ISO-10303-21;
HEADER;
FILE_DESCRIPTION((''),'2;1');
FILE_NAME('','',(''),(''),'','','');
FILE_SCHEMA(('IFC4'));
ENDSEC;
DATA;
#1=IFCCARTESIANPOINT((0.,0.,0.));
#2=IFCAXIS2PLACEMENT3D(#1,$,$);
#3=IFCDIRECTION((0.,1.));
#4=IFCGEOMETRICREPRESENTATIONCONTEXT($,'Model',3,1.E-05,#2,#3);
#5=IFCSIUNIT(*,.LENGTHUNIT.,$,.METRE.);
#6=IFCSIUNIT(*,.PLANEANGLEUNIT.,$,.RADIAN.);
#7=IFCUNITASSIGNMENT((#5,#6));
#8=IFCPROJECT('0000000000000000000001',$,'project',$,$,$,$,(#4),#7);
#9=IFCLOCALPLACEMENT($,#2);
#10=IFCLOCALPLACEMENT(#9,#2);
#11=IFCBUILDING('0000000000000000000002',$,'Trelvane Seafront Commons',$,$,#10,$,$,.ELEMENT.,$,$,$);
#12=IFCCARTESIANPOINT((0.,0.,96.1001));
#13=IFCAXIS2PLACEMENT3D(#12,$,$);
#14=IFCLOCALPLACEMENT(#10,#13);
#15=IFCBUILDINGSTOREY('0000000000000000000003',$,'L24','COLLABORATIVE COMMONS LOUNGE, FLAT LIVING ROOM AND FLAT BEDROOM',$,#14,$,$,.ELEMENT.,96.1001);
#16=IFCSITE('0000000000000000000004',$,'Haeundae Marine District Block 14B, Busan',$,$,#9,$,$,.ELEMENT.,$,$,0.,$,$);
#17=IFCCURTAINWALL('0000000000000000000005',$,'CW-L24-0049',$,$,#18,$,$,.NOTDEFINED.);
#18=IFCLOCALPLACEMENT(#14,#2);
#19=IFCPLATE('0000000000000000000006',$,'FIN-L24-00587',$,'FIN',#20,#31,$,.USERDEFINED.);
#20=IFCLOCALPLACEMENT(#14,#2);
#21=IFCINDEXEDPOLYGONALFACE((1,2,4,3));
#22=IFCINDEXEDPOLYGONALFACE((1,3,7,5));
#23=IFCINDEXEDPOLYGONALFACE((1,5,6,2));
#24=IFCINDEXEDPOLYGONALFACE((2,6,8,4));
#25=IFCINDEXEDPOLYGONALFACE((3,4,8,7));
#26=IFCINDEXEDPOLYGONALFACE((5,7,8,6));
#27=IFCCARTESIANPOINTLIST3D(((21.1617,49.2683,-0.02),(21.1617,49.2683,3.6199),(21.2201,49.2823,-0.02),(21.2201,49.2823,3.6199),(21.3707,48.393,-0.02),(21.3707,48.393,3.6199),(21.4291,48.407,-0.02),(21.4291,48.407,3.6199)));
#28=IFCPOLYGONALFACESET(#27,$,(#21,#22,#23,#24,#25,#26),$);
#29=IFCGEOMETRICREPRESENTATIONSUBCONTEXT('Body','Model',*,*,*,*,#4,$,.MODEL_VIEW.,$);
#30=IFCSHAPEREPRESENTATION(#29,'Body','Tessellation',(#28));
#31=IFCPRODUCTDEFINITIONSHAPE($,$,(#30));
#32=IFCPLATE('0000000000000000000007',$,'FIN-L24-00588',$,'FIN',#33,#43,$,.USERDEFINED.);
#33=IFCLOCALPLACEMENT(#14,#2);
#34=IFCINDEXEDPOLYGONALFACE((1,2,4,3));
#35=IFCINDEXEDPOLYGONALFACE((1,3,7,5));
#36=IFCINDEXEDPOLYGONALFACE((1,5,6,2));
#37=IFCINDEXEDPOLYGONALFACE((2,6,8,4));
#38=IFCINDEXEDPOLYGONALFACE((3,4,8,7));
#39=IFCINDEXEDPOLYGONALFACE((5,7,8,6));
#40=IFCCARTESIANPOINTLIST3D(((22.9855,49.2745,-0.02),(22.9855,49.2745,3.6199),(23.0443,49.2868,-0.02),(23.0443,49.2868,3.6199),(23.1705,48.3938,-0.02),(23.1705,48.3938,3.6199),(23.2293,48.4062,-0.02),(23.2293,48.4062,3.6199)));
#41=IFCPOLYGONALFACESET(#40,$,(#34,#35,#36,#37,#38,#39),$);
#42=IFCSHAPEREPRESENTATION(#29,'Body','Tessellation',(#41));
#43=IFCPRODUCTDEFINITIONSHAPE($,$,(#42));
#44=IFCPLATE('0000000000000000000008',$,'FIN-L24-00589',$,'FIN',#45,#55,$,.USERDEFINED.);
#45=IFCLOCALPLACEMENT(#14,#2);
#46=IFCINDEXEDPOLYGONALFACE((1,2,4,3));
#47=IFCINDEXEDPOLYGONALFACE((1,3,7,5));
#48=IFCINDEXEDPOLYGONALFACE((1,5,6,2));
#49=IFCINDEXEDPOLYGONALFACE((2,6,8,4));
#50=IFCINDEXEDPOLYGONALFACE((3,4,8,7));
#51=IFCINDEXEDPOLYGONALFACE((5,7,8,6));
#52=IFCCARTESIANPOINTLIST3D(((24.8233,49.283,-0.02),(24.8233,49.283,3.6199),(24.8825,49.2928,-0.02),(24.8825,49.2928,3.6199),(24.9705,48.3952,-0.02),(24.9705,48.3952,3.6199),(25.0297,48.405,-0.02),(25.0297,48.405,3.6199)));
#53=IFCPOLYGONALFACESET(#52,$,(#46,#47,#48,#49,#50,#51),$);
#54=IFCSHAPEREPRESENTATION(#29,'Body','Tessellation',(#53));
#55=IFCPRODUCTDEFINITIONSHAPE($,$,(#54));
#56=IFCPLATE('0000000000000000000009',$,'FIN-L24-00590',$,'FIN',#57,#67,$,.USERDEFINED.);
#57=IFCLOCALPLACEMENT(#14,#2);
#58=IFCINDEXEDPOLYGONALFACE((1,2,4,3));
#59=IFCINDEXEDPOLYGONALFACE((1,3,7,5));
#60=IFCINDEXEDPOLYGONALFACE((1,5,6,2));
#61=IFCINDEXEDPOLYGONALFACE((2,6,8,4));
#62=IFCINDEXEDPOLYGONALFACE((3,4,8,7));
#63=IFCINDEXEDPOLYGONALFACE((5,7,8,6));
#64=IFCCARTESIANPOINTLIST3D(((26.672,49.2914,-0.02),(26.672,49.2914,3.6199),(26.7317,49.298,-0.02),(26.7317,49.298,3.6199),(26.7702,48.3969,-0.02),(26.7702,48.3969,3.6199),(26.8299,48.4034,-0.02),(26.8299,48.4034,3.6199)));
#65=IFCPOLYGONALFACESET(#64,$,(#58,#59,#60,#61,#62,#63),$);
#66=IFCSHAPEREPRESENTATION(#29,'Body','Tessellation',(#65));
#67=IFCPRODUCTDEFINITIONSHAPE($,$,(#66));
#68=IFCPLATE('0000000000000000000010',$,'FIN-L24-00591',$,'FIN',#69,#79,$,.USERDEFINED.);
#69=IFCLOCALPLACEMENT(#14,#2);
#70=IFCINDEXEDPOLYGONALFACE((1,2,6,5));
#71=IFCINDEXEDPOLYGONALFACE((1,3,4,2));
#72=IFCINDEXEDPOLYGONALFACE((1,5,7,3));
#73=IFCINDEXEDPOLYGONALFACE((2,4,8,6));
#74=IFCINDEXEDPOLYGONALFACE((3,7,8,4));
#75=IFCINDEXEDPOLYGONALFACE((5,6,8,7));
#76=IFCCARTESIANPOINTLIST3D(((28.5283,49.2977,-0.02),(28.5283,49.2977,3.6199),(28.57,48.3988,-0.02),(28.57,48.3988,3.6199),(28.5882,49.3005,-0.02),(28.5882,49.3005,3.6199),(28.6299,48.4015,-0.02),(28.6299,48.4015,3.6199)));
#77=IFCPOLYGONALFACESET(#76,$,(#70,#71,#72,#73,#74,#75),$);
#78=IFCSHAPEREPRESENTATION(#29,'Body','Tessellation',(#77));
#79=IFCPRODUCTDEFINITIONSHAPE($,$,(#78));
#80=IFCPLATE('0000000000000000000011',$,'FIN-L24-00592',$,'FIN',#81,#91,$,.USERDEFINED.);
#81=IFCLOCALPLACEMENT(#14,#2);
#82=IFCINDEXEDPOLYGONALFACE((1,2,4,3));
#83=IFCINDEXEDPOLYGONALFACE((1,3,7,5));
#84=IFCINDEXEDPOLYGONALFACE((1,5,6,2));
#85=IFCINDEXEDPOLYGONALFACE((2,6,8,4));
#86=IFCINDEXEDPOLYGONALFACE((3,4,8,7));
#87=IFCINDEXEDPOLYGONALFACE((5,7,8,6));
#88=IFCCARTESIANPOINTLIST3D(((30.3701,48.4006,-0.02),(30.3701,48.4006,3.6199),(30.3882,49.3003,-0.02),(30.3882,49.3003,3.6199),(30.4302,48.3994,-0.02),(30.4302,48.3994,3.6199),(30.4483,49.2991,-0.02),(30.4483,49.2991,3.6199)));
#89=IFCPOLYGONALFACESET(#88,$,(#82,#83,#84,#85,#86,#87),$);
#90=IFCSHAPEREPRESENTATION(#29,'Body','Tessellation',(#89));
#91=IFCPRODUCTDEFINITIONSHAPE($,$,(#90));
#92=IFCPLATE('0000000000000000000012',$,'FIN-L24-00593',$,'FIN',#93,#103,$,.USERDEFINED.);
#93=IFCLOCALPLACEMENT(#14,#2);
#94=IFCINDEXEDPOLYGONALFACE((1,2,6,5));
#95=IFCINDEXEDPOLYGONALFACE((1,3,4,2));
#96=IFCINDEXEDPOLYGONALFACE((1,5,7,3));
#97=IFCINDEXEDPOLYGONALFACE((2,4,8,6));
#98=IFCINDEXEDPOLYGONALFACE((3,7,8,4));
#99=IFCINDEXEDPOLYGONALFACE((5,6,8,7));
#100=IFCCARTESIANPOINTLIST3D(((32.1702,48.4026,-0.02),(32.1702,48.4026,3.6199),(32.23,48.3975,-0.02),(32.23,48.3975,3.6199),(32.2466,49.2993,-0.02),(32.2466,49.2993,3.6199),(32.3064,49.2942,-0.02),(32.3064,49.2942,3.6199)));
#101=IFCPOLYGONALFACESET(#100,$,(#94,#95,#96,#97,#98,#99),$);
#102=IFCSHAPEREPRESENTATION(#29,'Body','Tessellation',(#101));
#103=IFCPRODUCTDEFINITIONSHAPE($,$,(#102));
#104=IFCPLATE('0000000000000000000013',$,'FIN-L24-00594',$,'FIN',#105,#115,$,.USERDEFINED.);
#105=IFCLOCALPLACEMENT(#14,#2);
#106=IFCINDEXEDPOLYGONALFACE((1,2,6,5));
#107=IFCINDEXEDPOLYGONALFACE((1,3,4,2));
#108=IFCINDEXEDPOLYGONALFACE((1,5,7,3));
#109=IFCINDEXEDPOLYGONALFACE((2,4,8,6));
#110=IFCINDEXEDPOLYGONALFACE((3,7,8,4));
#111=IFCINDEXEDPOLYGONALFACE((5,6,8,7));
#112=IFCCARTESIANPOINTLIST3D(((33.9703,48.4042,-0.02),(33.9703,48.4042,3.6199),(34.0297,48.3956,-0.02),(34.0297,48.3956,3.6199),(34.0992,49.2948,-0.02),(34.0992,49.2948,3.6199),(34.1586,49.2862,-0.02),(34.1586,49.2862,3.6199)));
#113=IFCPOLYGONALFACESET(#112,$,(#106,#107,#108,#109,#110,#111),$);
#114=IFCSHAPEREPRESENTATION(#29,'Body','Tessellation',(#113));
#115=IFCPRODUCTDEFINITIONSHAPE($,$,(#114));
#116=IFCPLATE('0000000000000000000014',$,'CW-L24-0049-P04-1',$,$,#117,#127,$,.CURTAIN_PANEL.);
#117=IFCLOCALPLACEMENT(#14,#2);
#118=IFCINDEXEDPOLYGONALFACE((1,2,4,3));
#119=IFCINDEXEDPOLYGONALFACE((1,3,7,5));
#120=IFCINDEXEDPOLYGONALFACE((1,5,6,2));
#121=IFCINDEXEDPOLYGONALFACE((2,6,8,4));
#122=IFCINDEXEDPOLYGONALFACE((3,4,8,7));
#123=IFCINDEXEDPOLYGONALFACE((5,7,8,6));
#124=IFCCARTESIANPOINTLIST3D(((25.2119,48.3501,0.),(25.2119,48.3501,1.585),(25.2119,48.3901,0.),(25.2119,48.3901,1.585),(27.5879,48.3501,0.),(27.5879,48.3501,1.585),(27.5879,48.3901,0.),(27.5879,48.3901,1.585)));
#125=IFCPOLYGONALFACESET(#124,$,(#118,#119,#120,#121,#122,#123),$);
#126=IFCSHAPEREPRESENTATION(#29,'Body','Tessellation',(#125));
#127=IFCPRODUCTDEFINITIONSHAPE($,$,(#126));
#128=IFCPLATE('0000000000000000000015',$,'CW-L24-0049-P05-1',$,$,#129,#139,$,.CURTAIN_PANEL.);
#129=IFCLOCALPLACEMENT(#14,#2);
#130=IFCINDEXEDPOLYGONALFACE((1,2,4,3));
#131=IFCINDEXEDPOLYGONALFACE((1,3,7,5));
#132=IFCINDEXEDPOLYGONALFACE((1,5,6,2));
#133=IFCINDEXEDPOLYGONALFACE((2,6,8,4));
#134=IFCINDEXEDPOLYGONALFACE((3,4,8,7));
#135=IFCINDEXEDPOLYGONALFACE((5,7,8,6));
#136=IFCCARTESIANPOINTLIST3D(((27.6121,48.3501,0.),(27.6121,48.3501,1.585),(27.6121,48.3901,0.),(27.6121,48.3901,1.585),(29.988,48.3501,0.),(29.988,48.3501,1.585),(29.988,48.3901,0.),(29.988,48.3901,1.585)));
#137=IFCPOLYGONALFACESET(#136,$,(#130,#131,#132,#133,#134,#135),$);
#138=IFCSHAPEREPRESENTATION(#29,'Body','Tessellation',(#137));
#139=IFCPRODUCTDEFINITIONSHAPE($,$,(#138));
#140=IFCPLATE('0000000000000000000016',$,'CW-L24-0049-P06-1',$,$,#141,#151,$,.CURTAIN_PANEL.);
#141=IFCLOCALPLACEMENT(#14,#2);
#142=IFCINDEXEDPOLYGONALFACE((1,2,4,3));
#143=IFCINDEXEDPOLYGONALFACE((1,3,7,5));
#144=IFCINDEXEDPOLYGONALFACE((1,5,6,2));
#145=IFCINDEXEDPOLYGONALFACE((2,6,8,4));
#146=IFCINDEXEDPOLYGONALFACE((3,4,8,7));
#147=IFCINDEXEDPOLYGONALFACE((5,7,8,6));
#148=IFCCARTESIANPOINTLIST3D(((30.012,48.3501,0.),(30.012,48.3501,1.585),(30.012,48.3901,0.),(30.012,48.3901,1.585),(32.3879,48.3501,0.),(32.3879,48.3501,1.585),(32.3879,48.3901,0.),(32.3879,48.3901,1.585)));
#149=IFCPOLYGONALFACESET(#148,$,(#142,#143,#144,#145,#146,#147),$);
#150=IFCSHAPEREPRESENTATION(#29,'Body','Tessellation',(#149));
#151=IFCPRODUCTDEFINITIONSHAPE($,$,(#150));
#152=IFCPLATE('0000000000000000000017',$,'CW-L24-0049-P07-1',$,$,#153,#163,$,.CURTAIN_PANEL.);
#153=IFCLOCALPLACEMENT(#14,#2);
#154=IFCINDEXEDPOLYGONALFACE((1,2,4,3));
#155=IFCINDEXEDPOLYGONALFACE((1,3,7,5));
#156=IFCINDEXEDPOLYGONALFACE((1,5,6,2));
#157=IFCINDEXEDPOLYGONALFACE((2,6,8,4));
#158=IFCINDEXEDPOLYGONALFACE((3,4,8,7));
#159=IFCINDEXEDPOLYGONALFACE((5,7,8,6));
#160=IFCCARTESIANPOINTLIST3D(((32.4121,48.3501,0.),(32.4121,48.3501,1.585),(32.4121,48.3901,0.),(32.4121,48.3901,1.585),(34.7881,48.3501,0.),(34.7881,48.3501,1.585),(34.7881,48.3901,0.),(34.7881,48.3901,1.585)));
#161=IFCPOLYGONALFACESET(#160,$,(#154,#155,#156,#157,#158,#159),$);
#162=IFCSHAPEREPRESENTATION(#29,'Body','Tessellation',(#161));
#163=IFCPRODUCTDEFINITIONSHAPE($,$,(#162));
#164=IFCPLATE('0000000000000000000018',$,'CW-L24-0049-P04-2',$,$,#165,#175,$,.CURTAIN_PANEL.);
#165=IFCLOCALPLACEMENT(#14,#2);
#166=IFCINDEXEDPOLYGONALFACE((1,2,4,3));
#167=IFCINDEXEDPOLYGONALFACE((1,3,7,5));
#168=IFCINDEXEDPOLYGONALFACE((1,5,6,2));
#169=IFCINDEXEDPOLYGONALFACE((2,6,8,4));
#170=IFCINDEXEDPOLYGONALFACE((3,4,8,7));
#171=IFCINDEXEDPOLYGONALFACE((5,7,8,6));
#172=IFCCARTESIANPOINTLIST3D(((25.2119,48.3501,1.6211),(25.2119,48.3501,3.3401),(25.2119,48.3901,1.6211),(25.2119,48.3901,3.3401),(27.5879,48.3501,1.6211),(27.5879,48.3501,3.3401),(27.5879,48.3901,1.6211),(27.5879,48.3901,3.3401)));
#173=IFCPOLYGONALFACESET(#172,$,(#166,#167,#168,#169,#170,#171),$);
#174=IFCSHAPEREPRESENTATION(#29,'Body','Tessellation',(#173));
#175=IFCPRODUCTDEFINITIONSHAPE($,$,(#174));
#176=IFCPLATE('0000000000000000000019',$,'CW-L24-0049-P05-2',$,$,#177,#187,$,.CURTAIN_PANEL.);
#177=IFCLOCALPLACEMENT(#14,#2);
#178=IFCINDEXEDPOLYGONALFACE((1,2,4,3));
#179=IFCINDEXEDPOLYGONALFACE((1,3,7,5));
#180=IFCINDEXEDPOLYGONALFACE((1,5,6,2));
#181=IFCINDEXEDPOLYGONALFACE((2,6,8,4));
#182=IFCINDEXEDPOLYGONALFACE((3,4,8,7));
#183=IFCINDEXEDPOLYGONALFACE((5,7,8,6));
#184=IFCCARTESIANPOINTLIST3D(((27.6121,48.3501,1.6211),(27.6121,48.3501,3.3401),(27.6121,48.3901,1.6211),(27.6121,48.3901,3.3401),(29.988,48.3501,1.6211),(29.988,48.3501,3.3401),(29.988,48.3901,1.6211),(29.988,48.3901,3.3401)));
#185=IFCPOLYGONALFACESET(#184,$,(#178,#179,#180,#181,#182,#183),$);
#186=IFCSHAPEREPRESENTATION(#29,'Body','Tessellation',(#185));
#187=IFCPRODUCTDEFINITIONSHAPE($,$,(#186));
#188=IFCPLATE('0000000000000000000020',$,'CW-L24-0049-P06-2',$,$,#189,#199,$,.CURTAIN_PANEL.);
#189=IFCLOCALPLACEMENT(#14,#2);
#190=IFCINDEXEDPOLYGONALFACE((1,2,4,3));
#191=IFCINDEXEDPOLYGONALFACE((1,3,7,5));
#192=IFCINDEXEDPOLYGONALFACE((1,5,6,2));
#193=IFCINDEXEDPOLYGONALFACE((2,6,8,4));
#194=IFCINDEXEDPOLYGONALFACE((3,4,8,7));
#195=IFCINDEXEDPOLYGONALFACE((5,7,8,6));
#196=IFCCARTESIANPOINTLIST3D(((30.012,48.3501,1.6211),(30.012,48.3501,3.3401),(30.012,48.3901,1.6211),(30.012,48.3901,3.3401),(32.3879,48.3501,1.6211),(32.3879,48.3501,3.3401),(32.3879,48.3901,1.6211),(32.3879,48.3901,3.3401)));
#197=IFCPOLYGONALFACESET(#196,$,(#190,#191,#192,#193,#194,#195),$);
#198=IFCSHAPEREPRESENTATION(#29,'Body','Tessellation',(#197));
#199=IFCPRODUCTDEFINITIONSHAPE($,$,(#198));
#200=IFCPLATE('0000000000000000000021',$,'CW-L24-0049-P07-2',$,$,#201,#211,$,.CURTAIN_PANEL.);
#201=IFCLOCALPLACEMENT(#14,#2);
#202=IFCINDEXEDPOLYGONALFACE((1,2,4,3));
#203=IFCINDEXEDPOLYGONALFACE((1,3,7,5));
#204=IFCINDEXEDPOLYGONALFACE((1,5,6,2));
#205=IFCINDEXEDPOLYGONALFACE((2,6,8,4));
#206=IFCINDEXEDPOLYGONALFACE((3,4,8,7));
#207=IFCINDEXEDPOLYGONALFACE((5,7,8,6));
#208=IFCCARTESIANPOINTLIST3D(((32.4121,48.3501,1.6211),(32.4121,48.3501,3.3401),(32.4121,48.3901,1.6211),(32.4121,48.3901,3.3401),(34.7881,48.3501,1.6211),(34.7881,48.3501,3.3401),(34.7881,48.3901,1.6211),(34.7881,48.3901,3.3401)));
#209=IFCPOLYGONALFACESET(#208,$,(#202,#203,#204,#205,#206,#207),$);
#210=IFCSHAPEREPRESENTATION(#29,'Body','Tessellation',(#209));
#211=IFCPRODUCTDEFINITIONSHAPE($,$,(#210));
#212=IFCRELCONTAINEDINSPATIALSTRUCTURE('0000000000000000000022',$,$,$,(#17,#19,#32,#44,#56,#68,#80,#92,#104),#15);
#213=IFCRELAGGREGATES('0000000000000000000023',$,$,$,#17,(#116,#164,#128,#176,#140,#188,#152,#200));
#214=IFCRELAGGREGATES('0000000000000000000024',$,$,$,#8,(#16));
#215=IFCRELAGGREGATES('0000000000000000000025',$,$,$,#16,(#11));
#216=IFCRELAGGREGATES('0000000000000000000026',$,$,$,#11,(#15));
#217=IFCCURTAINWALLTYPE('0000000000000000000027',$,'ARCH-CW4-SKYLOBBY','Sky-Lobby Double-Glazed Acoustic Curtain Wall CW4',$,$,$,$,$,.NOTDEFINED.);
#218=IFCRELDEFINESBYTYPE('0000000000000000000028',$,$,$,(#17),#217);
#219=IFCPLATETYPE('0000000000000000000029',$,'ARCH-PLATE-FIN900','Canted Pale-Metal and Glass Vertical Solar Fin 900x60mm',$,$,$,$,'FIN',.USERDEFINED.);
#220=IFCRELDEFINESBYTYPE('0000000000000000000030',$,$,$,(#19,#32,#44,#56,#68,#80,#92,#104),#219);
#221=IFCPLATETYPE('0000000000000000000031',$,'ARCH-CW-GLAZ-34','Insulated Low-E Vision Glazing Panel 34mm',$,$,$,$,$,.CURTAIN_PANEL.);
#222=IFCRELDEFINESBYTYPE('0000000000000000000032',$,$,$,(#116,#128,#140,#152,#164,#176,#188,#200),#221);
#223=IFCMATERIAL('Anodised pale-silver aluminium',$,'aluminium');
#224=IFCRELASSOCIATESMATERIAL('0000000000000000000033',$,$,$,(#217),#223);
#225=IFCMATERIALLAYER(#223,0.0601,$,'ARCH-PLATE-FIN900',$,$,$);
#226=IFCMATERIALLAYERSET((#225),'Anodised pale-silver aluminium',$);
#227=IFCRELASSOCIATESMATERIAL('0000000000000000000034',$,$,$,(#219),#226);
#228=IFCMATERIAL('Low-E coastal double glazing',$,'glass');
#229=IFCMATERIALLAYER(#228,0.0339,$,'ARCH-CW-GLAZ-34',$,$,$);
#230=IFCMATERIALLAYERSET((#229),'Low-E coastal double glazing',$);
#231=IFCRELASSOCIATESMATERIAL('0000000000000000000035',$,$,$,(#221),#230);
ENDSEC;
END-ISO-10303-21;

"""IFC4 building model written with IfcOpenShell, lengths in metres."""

from ifc_helpers import new_model, si_unit, direction, frame, origin, origin_2d, place, context, subcontext, project, spatial, rectangle, extrude, source, transform, mapped, material, layer, layer_set, type_object, element, aggregate, save


model = new_model("IFC4")

# Units and contexts
model_context = context("Model", 3, precision=1e-05, world=origin(), true_north=direction((0.0, 1.0)))
body_context = subcontext(model_context, "Body", "Model", "MODEL_VIEW")
ifc_project = project(units=[si_unit("LENGTHUNIT", "METRE"), si_unit("PLANEANGLEUNIT", "RADIAN")], contexts=[model_context])

# Site, building, storey
site_placement = place(None, origin())
site = spatial("IfcSite", under=ifc_project, at=site_placement, Name="Haeundae Marine District Block 14B, Busan", CompositionType="ELEMENT", RefElevation=0.0)
building_placement = place(site_placement, origin())
building = spatial("IfcBuilding", under=site, at=building_placement, Name="Trelvane Seafront Commons", CompositionType="ELEMENT")
storey_placement = place(building_placement, frame((0.0, 0.0, 96.1001)))
storey = spatial("IfcBuildingStorey", under=building, at=storey_placement, Name="L24", Description="COLLABORATIVE COMMONS LOUNGE, FLAT LIVING ROOM AND FLAT BEDROOM", CompositionType="ELEMENT", Elevation=96.1001)

# Curtain wall
ifc_material_1 = material(Name="Anodised pale-silver aluminium", Category="aluminium")
curtain_wall_type = type_object("IfcCurtainWallType", Name="ARCH-CW4-SKYLOBBY", Description="Sky-Lobby Double-Glazed Acoustic Curtain Wall CW4", PredefinedType="NOTDEFINED", material=ifc_material_1)
curtain_wall_placement = place(storey_placement, origin())
curtain_wall = element("IfcCurtainWall", 1, at=curtain_wall_placement, inside=storey, type_object=curtain_wall_type, Name="CW-L24-0049", PredefinedType="NOTDEFINED")

# Plates
ifc_layer_1 = layer(ifc_material_1, 0.0601, Name="ARCH-PLATE-FIN900")
ifc_layer_set_1 = layer_set([ifc_layer_1], Name="Anodised pale-silver aluminium")
plate_type_1 = type_object("IfcPlateType", Name="ARCH-PLATE-FIN900", Description="Canted Pale-Metal and Glass Vertical Solar Fin 900x60mm", ElementType="FIN", PredefinedType="USERDEFINED", material=ifc_layer_set_1)
shared_shape_1 = source(origin(), body_context, "Body", "SweptSolid", [
    extrude(rectangle(XDim=0.8999, YDim=0.0601, at=origin_2d()), origin(), (0.0, 0.0, 1.0), 3.6399),
])
for number, where, z_axis, x_axis, name in (
    (2, (21.2954, 48.8376, -0.02), (0.0, 0.0, 1.0), (-0.232222, 0.972663, 0.0), "FIN-L24-00587"),
    (3, (23.1074, 48.8403, -0.02), (0.0, 0.0, 1.0), (-0.205552, 0.978646, 0.0), "FIN-L24-00588"),
    (4, (24.9265, 48.844, -0.02), (0.0, 0.0, 1.0), (-0.163552, 0.986535, 0.0), "FIN-L24-00589"),
    (5, (26.751, 48.8474, -0.02), (0.0, 0.0, 1.0), (-0.109115, 0.994029, 0.0), "FIN-L24-00590"),
    (6, (28.5791, 48.8496, -0.02), (0.0, 0.0, 1.0), (-0.046336, 0.998926, 0.0), "FIN-L24-00591"),
    (7, (30.4092, 48.8499, -0.02), (0.0, 0.0, 1.0), (0.020112, 0.999798, 0.0), "FIN-L24-00592"),
    (8, (32.2383, 48.8484, -0.02), (0.0, 0.0, 1.0), (0.084893, 0.99639, 0.0), "FIN-L24-00593"),
    (9, (34.0645, 48.8452, -0.02), (0.0, 0.0, 1.0), (0.143225, 0.98969, 0.0), "FIN-L24-00594"),
):
    element("IfcPlate", number, at=place(storey_placement, frame(where, z_axis=z_axis, x_axis=x_axis)), inside=storey, type_object=plate_type_1, Name=name, ObjectType="FIN", PredefinedType="USERDEFINED", context=body_context, shape_type="MappedRepresentation", body=[
        mapped(shared_shape_1, transform((0.0, 0.0, 0.0), x_axis=(1.0, 0.0, 0.0), y_axis=(0.0, 1.0, 0.0), z_axis=(0.0, 0.0, 1.0), scale=1.0)),
    ])

# Plates
ifc_material_2 = material(Name="Low-E coastal double glazing", Category="glass")
ifc_layer_2 = layer(ifc_material_2, 0.0339, Name="ARCH-CW-GLAZ-34")
ifc_layer_set_2 = layer_set([ifc_layer_2], Name="Low-E coastal double glazing")
plate_type_2 = type_object("IfcPlateType", Name="ARCH-CW-GLAZ-34", Description="Insulated Low-E Vision Glazing Panel 34mm", PredefinedType="CURTAIN_PANEL", material=ifc_layer_set_2)
shared_shape_2 = source(origin(), body_context, "Body", "SweptSolid", [
    extrude(rectangle(XDim=2.376, YDim=0.04, at=origin_2d()), origin(), (0.0, 0.0, 1.0), 1.585),
])
plate_1_placement = place(storey_placement, frame((26.3999, 48.3701, 0.0), z_axis=(0.0, 0.0, 1.0), x_axis=(1.0, 0.0, 0.0)))
plate_1 = element("IfcPlate", 10, at=plate_1_placement, type_object=plate_type_2, Name="CW-L24-0049-P04-1", PredefinedType="CURTAIN_PANEL", context=body_context, shape_type="MappedRepresentation", body=[
    mapped(shared_shape_2, transform((0.0, 0.0, 0.0), x_axis=(1.0, 0.0, 0.0), y_axis=(0.0, 1.0, 0.0), z_axis=(0.0, 0.0, 1.0), scale=1.0)),
])
plate_2_placement = place(storey_placement, frame((28.8, 48.3701, 0.0), z_axis=(0.0, 0.0, 1.0), x_axis=(1.0, 0.0, 0.0)))
plate_2 = element("IfcPlate", 11, at=plate_2_placement, type_object=plate_type_2, Name="CW-L24-0049-P05-1", PredefinedType="CURTAIN_PANEL", context=body_context, shape_type="MappedRepresentation", body=[
    mapped(shared_shape_2, transform((0.0, 0.0, 0.0), x_axis=(1.0, 0.0, 0.0), y_axis=(0.0, 1.0, 0.0), z_axis=(0.0, 0.0, 1.0), scale=1.0)),
])
plate_3_placement = place(storey_placement, frame((31.2, 48.3701, 0.0), z_axis=(0.0, 0.0, 1.0), x_axis=(1.0, 0.0, 0.0)))
plate_3 = element("IfcPlate", 12, at=plate_3_placement, type_object=plate_type_2, Name="CW-L24-0049-P06-1", PredefinedType="CURTAIN_PANEL", context=body_context, shape_type="MappedRepresentation", body=[
    mapped(shared_shape_2, transform((0.0, 0.0, 0.0), x_axis=(1.0, 0.0, 0.0), y_axis=(0.0, 1.0, 0.0), z_axis=(0.0, 0.0, 1.0), scale=1.0)),
])
plate_4_placement = place(storey_placement, frame((33.6001, 48.3701, 0.0), z_axis=(0.0, 0.0, 1.0), x_axis=(1.0, 0.0, 0.0)))
plate_4 = element("IfcPlate", 13, at=plate_4_placement, type_object=plate_type_2, Name="CW-L24-0049-P07-1", PredefinedType="CURTAIN_PANEL", context=body_context, shape_type="MappedRepresentation", body=[
    mapped(shared_shape_2, transform((0.0, 0.0, 0.0), x_axis=(1.0, 0.0, 0.0), y_axis=(0.0, 1.0, 0.0), z_axis=(0.0, 0.0, 1.0), scale=1.0)),
])
shared_shape_3 = source(origin(), body_context, "Body", "SweptSolid", [
    extrude(rectangle(XDim=2.376, YDim=0.04, at=origin_2d()), origin(), (0.0, 0.0, 1.0), 1.719),
])
plate_5_placement = place(storey_placement, frame((26.3999, 48.3701, 1.6211), z_axis=(0.0, 0.0, 1.0), x_axis=(1.0, 0.0, 0.0)))
plate_5 = element("IfcPlate", 14, at=plate_5_placement, type_object=plate_type_2, Name="CW-L24-0049-P04-2", PredefinedType="CURTAIN_PANEL", context=body_context, shape_type="MappedRepresentation", body=[
    mapped(shared_shape_3, transform((0.0, 0.0, 0.0), x_axis=(1.0, 0.0, 0.0), y_axis=(0.0, 1.0, 0.0), z_axis=(0.0, 0.0, 1.0), scale=1.0)),
])
plate_6_placement = place(storey_placement, frame((28.8, 48.3701, 1.6211), z_axis=(0.0, 0.0, 1.0), x_axis=(1.0, 0.0, 0.0)))
plate_6 = element("IfcPlate", 15, at=plate_6_placement, type_object=plate_type_2, Name="CW-L24-0049-P05-2", PredefinedType="CURTAIN_PANEL", context=body_context, shape_type="MappedRepresentation", body=[
    mapped(shared_shape_3, transform((0.0, 0.0, 0.0), x_axis=(1.0, 0.0, 0.0), y_axis=(0.0, 1.0, 0.0), z_axis=(0.0, 0.0, 1.0), scale=1.0)),
])
plate_7_placement = place(storey_placement, frame((31.2, 48.3701, 1.6211), z_axis=(0.0, 0.0, 1.0), x_axis=(1.0, 0.0, 0.0)))
plate_7 = element("IfcPlate", 16, at=plate_7_placement, type_object=plate_type_2, Name="CW-L24-0049-P06-2", PredefinedType="CURTAIN_PANEL", context=body_context, shape_type="MappedRepresentation", body=[
    mapped(shared_shape_3, transform((0.0, 0.0, 0.0), x_axis=(1.0, 0.0, 0.0), y_axis=(0.0, 1.0, 0.0), z_axis=(0.0, 0.0, 1.0), scale=1.0)),
])
plate_8_placement = place(storey_placement, frame((33.6001, 48.3701, 1.6211), z_axis=(0.0, 0.0, 1.0), x_axis=(1.0, 0.0, 0.0)))
plate_8 = element("IfcPlate", 17, at=plate_8_placement, type_object=plate_type_2, Name="CW-L24-0049-P07-2", PredefinedType="CURTAIN_PANEL", context=body_context, shape_type="MappedRepresentation", body=[
    mapped(shared_shape_3, transform((0.0, 0.0, 0.0), x_axis=(1.0, 0.0, 0.0), y_axis=(0.0, 1.0, 0.0), z_axis=(0.0, 0.0, 1.0), scale=1.0)),
])
aggregate(curtain_wall, [plate_1, plate_5, plate_2, plate_6, plate_3, plate_7, plate_4, plate_8])

save(model, "model.ifc")
